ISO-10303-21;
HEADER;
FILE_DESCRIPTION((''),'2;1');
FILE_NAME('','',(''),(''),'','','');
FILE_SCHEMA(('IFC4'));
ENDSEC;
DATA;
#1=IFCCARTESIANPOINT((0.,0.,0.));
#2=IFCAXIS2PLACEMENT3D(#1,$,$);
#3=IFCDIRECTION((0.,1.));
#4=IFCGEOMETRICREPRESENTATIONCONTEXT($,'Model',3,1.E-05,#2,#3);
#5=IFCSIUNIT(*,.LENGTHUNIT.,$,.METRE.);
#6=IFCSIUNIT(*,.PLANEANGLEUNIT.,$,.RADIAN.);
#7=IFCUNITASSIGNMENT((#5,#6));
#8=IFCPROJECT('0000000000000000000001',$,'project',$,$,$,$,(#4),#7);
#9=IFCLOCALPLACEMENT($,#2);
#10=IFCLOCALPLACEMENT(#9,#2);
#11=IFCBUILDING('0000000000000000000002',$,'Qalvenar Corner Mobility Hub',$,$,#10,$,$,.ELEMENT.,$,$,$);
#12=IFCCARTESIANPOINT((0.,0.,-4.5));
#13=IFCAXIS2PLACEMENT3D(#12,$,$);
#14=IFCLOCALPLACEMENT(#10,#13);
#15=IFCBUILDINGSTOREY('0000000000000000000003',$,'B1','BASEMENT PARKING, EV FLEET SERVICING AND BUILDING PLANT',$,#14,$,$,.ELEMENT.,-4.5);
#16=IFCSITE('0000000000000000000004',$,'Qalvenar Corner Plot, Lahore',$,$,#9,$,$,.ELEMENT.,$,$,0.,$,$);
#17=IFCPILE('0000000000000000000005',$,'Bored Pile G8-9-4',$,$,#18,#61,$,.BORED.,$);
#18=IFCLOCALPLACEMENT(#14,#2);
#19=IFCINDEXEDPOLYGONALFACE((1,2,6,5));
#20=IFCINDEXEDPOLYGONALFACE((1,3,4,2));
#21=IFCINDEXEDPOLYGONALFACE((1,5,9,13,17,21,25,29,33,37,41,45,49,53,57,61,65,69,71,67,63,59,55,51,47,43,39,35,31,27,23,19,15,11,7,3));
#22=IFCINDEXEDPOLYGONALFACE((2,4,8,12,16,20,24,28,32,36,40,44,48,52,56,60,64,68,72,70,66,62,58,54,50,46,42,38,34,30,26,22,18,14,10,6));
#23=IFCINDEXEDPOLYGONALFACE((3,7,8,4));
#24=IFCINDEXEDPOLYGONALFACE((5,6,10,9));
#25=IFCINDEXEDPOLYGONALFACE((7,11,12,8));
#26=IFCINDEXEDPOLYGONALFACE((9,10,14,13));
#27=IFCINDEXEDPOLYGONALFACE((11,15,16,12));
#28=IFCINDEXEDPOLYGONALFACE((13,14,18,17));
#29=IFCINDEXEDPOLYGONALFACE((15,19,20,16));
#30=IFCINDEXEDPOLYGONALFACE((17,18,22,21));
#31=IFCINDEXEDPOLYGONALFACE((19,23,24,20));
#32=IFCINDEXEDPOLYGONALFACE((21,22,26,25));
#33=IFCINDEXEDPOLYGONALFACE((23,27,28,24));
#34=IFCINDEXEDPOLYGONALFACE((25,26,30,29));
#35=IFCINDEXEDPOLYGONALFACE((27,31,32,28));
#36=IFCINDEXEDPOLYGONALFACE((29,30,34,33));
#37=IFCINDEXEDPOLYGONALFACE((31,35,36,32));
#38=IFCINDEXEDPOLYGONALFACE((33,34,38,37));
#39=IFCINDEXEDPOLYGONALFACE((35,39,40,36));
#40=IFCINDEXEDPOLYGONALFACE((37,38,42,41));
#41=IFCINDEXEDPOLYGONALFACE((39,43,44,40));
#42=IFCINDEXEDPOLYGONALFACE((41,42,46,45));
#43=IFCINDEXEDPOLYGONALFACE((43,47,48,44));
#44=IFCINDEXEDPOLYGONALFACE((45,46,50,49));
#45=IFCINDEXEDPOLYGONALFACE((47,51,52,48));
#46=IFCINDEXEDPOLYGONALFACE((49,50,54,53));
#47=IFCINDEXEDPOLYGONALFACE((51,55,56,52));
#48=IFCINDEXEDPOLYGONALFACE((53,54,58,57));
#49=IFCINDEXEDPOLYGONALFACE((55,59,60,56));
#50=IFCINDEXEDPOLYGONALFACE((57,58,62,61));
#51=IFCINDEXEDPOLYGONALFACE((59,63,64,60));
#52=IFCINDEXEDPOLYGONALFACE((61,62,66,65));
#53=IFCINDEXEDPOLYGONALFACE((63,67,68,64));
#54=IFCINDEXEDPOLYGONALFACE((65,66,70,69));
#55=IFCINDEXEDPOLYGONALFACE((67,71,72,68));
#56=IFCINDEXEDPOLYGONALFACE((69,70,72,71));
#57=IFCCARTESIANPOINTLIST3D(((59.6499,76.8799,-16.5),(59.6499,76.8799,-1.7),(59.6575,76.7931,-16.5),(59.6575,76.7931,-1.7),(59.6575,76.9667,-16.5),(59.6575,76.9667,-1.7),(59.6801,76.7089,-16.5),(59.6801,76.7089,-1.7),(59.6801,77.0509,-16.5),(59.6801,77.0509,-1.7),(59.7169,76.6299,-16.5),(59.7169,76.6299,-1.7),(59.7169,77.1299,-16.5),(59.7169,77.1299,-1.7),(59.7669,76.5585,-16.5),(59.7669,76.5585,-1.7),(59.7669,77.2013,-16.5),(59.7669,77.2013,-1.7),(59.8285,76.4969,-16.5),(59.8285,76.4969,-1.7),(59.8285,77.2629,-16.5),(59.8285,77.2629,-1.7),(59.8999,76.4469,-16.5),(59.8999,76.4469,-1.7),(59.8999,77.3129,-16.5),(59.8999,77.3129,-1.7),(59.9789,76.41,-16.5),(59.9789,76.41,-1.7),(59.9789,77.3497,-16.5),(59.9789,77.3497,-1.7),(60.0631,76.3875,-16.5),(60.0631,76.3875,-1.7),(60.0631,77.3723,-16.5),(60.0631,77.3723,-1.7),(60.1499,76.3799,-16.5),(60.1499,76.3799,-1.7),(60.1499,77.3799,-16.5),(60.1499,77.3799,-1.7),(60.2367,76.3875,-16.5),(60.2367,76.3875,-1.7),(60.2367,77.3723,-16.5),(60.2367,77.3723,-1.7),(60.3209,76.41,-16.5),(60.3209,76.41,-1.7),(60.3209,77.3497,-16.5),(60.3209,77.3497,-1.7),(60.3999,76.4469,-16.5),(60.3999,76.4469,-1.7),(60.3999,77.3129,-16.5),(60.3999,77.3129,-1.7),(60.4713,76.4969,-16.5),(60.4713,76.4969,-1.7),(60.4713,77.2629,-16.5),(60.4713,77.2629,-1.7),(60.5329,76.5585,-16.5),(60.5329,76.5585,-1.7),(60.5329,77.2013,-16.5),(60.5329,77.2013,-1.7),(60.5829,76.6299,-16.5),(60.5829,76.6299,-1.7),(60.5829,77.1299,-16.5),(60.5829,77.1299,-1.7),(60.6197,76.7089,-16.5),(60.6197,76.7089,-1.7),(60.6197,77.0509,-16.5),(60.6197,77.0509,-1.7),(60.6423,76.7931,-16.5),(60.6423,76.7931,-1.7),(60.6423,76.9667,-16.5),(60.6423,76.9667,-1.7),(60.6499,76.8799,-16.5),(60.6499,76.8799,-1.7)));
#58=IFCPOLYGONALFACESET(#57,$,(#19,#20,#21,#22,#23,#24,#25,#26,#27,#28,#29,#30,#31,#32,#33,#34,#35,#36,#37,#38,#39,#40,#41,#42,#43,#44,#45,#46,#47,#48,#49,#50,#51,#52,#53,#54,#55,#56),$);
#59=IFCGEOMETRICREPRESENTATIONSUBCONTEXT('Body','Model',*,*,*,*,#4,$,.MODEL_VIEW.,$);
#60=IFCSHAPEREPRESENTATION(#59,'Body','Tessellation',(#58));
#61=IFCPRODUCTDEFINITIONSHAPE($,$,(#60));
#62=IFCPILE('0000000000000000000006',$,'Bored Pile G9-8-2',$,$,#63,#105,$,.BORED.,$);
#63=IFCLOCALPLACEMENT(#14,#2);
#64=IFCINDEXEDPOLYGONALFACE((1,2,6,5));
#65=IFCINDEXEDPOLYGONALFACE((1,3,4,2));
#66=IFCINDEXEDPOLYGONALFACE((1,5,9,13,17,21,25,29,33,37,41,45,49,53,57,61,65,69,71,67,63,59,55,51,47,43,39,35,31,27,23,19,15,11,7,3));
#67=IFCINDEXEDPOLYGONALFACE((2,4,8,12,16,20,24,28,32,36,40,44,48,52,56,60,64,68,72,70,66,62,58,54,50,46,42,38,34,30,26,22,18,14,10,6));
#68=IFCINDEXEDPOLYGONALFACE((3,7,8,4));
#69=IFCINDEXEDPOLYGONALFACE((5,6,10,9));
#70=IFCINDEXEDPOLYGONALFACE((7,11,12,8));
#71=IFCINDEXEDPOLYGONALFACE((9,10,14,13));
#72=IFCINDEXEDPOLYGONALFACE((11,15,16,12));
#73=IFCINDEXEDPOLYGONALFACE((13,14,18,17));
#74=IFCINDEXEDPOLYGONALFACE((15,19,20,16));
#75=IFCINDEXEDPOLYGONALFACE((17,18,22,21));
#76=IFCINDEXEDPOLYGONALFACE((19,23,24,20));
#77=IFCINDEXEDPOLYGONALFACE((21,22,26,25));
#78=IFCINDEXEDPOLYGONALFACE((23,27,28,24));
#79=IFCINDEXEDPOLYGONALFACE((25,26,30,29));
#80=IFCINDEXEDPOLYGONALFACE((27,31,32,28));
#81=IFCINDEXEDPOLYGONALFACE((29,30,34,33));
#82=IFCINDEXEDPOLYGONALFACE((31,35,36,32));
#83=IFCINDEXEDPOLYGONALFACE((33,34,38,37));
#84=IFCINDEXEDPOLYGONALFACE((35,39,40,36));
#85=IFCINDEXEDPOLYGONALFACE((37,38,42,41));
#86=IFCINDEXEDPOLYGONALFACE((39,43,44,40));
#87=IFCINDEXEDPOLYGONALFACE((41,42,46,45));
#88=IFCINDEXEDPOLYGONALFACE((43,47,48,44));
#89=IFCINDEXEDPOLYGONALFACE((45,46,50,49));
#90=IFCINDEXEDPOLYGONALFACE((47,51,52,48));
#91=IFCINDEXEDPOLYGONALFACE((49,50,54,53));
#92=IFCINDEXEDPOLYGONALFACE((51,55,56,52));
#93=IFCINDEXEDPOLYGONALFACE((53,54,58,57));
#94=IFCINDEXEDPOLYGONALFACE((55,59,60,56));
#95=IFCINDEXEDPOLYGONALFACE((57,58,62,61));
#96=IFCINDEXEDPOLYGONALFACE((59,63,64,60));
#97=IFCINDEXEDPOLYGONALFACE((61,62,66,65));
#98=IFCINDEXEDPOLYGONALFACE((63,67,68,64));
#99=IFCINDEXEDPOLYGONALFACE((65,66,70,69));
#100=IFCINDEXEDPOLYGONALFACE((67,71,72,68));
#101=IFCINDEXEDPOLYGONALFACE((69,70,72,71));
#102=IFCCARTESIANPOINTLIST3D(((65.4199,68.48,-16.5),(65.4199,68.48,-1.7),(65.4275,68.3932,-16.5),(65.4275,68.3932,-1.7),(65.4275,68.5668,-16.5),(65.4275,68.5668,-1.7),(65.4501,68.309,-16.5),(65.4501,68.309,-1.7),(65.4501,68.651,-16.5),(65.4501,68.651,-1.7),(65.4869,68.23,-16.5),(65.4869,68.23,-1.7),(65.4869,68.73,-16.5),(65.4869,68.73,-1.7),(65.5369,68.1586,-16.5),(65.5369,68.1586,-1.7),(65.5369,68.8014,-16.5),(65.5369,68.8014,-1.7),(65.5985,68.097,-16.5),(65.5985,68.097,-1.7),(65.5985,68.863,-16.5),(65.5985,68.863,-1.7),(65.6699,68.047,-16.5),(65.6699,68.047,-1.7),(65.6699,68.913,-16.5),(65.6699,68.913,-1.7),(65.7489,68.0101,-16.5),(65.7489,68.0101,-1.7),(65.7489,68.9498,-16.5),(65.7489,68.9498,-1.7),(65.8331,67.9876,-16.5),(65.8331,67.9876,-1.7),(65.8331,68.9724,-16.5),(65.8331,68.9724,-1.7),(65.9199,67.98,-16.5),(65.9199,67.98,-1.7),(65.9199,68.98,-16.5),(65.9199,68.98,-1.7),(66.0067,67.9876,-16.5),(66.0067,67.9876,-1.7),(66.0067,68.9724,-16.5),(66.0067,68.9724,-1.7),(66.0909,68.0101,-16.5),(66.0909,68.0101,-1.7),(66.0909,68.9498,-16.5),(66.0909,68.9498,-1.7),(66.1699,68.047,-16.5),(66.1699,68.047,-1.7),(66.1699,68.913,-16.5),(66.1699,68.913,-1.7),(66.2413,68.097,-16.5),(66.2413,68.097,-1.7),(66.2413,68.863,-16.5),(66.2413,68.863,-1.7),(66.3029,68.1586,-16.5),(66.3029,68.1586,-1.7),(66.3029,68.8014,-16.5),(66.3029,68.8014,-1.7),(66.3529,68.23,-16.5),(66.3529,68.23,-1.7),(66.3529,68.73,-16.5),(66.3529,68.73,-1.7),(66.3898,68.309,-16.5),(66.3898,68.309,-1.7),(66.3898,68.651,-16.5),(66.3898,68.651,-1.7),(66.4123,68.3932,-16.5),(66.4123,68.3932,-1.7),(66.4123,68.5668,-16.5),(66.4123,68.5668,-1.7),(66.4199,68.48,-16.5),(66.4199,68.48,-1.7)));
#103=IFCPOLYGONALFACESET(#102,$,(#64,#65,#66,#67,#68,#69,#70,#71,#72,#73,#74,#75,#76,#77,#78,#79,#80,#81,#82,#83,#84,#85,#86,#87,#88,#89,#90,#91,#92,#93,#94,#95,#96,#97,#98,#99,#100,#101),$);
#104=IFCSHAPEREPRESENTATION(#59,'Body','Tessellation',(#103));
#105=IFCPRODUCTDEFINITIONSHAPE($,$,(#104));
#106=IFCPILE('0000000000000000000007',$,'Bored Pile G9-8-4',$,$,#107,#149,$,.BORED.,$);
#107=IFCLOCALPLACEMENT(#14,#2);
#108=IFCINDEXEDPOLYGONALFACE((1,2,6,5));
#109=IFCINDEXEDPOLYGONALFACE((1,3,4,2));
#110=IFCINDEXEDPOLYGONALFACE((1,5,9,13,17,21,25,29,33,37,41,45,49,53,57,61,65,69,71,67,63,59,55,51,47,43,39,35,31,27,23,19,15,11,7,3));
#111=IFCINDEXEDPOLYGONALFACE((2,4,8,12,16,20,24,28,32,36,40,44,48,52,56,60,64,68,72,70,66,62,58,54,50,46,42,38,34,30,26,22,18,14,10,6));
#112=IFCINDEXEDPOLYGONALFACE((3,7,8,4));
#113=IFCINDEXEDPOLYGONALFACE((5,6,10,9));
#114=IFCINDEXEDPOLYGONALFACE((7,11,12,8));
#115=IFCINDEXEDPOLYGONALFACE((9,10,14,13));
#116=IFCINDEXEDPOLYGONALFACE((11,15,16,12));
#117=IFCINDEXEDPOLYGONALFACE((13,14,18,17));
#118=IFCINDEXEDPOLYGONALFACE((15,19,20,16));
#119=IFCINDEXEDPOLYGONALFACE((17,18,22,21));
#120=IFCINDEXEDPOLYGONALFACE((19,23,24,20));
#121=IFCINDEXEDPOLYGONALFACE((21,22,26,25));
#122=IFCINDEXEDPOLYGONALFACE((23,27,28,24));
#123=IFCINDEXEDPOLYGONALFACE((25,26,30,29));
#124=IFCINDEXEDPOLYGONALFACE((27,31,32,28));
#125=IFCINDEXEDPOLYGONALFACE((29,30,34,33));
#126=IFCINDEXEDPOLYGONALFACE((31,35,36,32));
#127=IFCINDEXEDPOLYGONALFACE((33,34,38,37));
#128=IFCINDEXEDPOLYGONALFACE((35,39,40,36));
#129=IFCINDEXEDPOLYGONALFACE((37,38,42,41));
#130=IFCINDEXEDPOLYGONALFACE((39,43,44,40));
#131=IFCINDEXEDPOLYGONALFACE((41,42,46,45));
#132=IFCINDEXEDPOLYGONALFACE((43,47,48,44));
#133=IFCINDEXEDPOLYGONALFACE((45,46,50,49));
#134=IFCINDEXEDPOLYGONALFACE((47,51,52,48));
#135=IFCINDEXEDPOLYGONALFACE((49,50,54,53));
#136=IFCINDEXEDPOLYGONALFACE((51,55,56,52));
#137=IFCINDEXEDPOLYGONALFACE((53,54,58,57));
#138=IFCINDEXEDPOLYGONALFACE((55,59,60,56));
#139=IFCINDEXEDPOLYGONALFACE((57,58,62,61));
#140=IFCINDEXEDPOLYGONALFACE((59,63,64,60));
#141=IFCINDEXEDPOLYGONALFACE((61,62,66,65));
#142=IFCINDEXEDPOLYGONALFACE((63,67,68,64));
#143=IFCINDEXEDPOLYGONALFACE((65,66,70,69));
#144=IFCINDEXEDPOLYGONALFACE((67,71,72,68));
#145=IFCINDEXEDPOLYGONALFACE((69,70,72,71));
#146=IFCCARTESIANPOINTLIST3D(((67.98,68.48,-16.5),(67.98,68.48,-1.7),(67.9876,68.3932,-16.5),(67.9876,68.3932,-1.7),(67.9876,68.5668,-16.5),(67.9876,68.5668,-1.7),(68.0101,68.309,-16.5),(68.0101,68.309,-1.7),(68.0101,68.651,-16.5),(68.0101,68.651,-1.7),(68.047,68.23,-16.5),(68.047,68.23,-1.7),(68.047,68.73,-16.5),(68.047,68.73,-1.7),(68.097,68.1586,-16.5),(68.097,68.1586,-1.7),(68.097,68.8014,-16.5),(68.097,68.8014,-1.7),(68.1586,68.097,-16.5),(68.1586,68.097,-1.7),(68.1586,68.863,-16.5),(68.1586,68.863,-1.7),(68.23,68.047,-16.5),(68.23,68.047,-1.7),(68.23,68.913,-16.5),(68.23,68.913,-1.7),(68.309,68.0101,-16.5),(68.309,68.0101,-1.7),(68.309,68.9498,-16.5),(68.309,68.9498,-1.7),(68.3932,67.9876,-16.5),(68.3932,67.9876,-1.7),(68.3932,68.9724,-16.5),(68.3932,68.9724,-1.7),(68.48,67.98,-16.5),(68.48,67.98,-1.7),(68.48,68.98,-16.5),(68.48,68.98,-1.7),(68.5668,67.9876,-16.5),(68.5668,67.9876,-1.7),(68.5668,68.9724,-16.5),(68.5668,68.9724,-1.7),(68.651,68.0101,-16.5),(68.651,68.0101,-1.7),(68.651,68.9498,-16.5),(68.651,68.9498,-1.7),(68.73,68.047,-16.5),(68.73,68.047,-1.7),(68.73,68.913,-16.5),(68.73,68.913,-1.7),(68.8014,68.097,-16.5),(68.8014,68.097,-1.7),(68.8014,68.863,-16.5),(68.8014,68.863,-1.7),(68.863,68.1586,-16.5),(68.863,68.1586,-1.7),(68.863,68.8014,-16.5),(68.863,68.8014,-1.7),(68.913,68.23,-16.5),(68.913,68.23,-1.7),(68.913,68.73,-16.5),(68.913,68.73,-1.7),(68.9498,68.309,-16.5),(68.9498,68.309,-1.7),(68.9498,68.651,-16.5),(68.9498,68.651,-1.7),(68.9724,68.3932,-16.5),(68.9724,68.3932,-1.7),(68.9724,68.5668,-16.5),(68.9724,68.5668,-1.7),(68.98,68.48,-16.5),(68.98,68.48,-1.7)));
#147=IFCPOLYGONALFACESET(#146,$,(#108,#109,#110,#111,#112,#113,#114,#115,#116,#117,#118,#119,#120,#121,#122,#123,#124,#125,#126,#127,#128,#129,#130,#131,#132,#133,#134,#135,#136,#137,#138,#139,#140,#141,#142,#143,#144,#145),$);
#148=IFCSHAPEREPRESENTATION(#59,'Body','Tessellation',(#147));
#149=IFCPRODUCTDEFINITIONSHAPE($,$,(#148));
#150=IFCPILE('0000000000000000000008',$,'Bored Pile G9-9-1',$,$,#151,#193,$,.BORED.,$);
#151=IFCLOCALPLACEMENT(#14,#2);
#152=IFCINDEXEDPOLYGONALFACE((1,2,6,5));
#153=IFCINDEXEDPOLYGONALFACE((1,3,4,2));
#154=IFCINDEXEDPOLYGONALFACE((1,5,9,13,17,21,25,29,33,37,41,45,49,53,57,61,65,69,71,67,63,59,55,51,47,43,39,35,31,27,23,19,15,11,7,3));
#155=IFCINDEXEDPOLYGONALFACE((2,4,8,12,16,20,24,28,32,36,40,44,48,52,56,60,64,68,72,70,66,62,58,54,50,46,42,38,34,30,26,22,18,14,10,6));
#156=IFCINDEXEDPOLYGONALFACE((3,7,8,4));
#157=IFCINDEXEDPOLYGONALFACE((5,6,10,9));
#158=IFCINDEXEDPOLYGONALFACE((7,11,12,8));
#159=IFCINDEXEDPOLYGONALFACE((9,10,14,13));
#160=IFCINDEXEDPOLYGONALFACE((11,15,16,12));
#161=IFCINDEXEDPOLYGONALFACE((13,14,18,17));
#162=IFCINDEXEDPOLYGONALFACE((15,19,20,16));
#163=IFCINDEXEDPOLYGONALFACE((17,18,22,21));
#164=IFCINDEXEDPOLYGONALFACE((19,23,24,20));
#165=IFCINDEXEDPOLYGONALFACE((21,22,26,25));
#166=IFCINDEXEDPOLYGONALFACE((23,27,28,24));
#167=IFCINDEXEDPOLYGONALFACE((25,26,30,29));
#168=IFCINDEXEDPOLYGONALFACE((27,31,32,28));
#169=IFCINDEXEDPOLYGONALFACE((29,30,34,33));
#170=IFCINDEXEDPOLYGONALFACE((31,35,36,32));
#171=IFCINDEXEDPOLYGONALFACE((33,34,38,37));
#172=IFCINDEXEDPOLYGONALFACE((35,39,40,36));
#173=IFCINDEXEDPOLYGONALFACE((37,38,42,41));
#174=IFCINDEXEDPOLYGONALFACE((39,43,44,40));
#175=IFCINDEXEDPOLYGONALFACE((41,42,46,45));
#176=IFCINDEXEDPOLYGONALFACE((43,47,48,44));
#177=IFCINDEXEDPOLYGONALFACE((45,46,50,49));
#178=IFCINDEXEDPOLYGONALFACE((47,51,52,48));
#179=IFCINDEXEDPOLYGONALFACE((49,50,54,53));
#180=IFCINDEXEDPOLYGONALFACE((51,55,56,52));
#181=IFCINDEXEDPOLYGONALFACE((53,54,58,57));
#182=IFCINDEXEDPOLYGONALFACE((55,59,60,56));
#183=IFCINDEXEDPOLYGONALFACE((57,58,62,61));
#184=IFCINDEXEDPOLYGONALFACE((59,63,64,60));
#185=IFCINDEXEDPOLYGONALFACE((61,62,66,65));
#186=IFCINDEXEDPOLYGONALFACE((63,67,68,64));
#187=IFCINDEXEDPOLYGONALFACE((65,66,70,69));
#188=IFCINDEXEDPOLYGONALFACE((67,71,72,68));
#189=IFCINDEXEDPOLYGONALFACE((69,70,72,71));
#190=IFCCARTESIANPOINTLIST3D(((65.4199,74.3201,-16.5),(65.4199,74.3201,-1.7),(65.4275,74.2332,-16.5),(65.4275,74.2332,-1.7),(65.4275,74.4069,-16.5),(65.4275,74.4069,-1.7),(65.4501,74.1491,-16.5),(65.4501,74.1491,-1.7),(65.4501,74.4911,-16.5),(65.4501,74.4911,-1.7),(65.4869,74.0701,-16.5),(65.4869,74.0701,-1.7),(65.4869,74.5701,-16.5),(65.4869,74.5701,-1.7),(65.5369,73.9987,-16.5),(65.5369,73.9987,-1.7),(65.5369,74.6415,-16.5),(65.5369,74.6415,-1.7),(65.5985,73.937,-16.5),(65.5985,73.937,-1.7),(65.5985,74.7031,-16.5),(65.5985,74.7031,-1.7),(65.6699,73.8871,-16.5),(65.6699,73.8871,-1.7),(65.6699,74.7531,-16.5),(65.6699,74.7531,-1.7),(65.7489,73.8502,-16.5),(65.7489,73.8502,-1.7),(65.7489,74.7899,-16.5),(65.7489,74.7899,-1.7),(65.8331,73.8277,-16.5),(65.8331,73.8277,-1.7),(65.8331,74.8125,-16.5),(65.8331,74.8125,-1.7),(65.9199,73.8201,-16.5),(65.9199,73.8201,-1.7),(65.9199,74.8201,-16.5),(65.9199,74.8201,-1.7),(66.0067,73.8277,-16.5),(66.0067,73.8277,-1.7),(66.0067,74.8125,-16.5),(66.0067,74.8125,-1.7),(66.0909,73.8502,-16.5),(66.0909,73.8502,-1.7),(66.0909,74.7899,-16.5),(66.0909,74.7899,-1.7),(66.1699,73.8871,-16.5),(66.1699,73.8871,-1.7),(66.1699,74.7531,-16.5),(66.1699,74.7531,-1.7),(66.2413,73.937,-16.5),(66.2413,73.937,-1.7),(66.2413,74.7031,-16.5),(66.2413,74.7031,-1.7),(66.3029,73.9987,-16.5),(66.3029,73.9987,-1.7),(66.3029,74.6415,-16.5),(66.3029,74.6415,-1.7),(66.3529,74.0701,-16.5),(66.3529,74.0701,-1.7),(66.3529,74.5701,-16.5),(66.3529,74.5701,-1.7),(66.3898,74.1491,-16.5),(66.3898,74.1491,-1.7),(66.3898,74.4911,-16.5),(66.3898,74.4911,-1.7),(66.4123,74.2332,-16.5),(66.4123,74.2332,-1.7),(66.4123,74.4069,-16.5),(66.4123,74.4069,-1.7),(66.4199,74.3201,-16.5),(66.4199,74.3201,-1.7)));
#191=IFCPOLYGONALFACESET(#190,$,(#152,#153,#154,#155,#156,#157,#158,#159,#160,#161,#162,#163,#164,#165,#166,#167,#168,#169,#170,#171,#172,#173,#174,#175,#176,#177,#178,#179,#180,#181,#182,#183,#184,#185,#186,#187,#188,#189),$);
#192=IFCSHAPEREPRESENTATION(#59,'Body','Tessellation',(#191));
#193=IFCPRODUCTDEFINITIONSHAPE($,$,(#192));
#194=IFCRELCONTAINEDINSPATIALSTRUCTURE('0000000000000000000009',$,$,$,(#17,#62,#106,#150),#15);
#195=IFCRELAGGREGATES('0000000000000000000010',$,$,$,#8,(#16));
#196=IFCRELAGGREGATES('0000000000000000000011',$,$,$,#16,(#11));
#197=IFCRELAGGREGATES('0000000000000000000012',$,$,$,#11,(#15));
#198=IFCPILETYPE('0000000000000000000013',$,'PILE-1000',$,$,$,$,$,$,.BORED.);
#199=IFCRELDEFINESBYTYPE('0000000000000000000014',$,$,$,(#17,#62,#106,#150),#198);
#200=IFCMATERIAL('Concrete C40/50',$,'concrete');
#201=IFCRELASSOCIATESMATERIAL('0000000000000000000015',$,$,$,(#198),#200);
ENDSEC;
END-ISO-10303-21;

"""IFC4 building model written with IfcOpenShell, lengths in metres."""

from ifc_helpers import new_model, si_unit, direction, frame, origin, origin_2d, place, context, subcontext, project, spatial, circle, extrude, material, material_profile, profile_set, type_object, element, save


model = new_model("IFC4")

# Units and contexts
model_context = context("Model", 3, precision=1e-05, world=origin(), true_north=direction((0.0, 1.0)))
body_context = subcontext(model_context, "Body", "Model", "MODEL_VIEW")
ifc_project = project(units=[si_unit("LENGTHUNIT", "METRE"), si_unit("PLANEANGLEUNIT", "RADIAN")], contexts=[model_context])

# Site, building, storey
site_placement = place(None, origin())
site = spatial("IfcSite", under=ifc_project, at=site_placement, Name="Qalvenar Corner Plot, Lahore", CompositionType="ELEMENT", RefElevation=0.0)
building_placement = place(site_placement, origin())
building = spatial("IfcBuilding", under=site, at=building_placement, Name="Qalvenar Corner Mobility Hub", CompositionType="ELEMENT")
storey_placement = place(building_placement, frame((0.0, 0.0, -4.5)))
storey = spatial("IfcBuildingStorey", under=building, at=storey_placement, Name="B1", Description="BASEMENT PARKING, EV FLEET SERVICING AND BUILDING PLANT", CompositionType="ELEMENT", Elevation=-4.5)

# Shared definitions
ifc_material_1 = material(Name="Concrete C40/50", Category="concrete")

# Piles
ifc_material_profile_1 = material_profile(ifc_material_1, circle(Radius=0.5, at=origin_2d()), Name="DIA1000")
ifc_profile_set_1 = profile_set([ifc_material_profile_1], Name="Concrete C40/50")
pile_type_1 = type_object("IfcPileType", Name="PILE-1000", PredefinedType="BORED", material=ifc_profile_set_1)
for number, where, z_axis, x_axis, name in (
    (1, (60.1499, 76.8799, -1.7), (0.0, 0.0, -1.0), (1.0, 0.0, 0.0), "Bored Pile G8-9-4"),
    (2, (65.9199, 68.48, -1.7), (0.0, 0.0, -1.0), (1.0, 0.0, 0.0), "Bored Pile G9-8-2"),
    (3, (68.48, 68.48, -1.7), (0.0, 0.0, -1.0), (1.0, 0.0, 0.0), "Bored Pile G9-8-4"),
    (4, (65.9199, 74.3201, -1.7), (0.0, 0.0, -1.0), (1.0, 0.0, 0.0), "Bored Pile G9-9-1"),
):
    element("IfcPile", number, at=place(storey_placement, frame(where, z_axis=z_axis, x_axis=x_axis)), inside=storey, type_object=pile_type_1, Name=name, PredefinedType="BORED", context=body_context, shape_type="SweptSolid", body=[
        extrude(circle(Radius=0.5, at=origin_2d()), origin(), (0.0, 0.0, 1.0), 14.8),
    ])

save(model, "model.ifc")
